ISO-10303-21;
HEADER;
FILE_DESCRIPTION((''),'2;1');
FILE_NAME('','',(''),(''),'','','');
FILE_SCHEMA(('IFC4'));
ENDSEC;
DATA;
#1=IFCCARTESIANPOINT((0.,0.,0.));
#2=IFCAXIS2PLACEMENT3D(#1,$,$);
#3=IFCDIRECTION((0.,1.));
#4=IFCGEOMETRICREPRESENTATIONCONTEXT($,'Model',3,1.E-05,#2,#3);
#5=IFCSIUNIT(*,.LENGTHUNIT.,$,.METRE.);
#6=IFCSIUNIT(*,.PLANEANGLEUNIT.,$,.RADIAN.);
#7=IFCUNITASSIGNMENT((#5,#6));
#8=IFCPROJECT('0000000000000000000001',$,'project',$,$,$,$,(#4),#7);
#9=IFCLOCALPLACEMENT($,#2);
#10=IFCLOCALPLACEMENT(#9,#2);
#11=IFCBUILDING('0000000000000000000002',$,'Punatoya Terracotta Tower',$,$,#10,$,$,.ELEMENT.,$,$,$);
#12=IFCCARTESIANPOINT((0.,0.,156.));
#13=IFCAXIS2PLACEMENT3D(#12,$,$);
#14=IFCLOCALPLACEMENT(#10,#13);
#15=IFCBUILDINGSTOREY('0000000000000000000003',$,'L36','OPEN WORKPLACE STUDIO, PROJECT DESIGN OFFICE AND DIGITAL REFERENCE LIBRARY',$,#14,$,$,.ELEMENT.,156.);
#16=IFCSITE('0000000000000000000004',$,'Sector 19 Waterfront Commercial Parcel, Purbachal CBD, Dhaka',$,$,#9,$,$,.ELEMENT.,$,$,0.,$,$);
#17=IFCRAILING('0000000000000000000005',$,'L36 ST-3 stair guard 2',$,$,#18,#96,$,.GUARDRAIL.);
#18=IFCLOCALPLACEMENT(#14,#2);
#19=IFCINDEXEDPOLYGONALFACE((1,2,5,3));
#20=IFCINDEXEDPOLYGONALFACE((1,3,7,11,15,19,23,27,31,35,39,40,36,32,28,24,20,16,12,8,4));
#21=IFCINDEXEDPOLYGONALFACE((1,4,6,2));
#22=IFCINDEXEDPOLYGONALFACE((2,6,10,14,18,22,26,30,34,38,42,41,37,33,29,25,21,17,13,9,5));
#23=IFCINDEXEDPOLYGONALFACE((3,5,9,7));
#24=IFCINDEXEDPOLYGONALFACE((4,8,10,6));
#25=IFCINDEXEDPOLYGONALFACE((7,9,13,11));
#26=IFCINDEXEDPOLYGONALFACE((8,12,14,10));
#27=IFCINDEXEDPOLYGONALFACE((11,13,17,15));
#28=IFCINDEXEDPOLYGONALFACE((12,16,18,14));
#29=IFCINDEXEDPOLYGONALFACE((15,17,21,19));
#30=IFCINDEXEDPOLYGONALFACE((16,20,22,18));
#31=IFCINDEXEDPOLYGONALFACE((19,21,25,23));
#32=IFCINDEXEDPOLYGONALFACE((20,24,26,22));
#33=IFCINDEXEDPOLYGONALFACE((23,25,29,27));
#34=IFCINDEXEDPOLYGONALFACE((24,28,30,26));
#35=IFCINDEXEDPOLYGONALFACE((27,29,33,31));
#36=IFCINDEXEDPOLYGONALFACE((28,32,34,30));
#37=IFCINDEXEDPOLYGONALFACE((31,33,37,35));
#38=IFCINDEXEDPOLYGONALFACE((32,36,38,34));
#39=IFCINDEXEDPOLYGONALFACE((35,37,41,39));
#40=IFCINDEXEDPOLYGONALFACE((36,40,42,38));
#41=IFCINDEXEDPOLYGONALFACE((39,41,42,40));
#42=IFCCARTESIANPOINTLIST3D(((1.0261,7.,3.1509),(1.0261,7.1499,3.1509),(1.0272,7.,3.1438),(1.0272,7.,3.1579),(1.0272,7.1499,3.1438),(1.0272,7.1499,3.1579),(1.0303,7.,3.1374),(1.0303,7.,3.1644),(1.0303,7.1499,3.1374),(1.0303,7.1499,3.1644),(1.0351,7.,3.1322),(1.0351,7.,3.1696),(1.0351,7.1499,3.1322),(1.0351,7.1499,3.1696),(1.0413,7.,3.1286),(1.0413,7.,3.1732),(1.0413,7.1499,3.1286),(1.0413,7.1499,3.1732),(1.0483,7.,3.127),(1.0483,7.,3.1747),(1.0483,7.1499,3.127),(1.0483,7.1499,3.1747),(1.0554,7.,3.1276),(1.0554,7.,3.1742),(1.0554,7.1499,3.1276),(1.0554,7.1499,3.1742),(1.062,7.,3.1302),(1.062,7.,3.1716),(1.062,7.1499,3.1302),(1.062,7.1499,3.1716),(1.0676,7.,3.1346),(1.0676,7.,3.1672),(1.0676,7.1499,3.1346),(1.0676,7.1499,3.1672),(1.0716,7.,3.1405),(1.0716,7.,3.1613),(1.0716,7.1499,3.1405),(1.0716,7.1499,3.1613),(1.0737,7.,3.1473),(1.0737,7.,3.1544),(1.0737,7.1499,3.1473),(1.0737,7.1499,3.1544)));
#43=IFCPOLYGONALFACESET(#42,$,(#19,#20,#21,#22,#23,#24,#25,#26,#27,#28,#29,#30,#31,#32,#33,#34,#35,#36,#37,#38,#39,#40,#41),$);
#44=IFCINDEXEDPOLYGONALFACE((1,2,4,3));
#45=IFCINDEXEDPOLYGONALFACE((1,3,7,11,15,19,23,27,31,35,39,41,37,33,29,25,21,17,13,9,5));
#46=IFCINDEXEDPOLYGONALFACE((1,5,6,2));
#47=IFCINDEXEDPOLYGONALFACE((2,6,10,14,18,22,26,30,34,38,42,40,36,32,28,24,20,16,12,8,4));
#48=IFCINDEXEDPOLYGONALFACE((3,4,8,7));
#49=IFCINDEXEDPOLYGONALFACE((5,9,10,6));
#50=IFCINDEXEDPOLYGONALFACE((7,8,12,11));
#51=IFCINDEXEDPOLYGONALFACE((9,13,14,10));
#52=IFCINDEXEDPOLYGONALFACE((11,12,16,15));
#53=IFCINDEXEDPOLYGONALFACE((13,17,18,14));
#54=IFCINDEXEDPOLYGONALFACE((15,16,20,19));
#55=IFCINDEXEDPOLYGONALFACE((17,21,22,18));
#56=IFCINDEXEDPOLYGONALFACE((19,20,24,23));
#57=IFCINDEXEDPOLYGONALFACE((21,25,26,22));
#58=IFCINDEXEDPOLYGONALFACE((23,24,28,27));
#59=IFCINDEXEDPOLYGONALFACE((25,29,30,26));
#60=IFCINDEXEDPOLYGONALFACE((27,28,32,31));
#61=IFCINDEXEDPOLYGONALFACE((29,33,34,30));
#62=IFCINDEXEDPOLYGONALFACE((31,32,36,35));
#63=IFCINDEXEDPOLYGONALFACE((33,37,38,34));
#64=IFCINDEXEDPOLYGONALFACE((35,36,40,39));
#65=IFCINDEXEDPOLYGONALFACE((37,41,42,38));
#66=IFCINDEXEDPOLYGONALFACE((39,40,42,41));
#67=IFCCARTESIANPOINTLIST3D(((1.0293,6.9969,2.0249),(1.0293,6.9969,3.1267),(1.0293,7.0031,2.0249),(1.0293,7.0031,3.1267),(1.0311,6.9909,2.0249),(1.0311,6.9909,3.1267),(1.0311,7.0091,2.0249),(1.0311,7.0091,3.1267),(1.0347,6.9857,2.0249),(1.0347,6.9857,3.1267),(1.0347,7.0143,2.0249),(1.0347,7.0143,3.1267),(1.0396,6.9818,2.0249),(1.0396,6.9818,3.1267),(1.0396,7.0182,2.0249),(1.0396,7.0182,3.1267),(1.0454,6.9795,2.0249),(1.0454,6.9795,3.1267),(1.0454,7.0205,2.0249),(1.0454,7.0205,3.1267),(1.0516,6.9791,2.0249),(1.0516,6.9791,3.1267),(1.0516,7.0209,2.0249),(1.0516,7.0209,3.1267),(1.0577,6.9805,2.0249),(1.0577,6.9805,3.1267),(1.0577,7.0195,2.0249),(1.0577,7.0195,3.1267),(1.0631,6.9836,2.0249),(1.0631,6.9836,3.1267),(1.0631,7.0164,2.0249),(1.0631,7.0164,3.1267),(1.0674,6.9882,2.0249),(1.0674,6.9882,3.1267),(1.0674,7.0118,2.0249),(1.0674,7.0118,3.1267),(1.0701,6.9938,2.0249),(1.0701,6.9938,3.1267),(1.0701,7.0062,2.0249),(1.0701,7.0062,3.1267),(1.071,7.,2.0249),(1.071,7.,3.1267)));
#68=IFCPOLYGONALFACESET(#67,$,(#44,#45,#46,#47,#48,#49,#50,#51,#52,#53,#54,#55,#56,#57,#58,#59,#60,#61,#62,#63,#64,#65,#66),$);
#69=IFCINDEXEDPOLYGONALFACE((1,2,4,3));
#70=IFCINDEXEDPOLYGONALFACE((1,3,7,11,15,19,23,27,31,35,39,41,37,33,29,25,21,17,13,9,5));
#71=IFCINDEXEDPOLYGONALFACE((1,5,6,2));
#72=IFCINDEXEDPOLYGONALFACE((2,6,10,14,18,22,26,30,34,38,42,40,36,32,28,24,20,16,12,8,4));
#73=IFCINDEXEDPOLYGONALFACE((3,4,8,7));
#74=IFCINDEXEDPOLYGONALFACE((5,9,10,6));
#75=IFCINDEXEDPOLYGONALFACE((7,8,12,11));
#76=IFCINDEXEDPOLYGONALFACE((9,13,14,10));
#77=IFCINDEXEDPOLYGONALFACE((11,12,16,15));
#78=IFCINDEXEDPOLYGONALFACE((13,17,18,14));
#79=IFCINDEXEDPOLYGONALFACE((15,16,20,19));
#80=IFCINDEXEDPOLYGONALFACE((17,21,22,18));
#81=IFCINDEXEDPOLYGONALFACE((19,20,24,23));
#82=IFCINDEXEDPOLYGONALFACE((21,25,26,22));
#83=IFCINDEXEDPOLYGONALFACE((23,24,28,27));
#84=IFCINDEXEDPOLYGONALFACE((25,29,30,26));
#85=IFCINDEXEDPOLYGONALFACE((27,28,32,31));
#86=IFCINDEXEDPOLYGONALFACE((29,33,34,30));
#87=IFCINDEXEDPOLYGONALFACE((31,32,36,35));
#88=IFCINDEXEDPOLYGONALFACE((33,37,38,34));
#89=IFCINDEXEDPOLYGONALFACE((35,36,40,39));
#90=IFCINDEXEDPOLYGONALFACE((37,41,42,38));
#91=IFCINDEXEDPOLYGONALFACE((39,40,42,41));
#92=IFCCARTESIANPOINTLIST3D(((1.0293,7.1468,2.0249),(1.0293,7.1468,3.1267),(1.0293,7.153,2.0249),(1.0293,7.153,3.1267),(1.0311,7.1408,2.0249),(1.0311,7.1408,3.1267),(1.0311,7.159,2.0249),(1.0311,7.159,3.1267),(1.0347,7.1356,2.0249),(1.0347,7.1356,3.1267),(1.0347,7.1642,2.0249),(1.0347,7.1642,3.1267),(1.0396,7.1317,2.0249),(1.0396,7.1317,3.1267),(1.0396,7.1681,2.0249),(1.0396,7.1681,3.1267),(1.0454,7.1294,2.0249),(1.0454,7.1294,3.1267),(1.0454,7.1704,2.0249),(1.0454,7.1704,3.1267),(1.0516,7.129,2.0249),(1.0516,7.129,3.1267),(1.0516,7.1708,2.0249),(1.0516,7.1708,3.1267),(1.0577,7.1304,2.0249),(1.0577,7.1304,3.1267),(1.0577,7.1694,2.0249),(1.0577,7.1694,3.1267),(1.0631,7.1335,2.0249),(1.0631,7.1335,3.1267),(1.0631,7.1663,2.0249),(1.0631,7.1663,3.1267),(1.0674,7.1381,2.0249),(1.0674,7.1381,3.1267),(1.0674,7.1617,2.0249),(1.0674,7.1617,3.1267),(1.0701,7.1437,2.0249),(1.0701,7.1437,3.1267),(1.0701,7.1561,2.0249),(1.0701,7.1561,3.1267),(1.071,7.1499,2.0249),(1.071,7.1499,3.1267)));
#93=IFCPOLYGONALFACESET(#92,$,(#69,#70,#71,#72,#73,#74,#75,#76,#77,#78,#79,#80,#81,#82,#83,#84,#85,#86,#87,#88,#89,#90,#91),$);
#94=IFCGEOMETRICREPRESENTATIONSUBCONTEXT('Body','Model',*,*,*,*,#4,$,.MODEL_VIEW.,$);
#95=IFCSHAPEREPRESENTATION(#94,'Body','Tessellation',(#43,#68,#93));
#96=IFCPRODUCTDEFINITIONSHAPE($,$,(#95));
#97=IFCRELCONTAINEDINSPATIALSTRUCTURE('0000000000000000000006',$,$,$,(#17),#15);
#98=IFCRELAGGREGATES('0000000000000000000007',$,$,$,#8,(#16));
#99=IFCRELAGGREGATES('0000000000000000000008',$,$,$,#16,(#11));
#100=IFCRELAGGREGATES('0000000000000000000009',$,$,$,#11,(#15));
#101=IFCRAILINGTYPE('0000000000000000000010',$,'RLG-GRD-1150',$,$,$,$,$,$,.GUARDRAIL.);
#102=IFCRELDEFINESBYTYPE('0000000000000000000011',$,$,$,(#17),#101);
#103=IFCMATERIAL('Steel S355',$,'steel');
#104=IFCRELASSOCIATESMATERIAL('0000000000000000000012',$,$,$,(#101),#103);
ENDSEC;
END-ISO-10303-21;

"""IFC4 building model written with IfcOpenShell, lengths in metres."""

from ifc_helpers import new_model, si_unit, direction, frame, origin, origin_2d, place, context, subcontext, project, spatial, circle, extrude, material, type_object, element, save


model = new_model("IFC4")

# Units and contexts
model_context = context("Model", 3, precision=1e-05, world=origin(), true_north=direction((0.0, 1.0)))
body_context = subcontext(model_context, "Body", "Model", "MODEL_VIEW")
ifc_project = project(units=[si_unit("LENGTHUNIT", "METRE"), si_unit("PLANEANGLEUNIT", "RADIAN")], contexts=[model_context])

# Site, building, storey
site_placement = place(None, origin())
site = spatial("IfcSite", under=ifc_project, at=site_placement, Name="Sector 19 Waterfront Commercial Parcel, Purbachal CBD, Dhaka", CompositionType="ELEMENT", RefElevation=0.0)
building_placement = place(site_placement, origin())
building = spatial("IfcBuilding", under=site, at=building_placement, Name="Punatoya Terracotta Tower", CompositionType="ELEMENT")
storey_placement = place(building_placement, frame((0.0, 0.0, 156.0)))
storey = spatial("IfcBuildingStorey", under=building, at=storey_placement, Name="L36", Description="OPEN WORKPLACE STUDIO, PROJECT DESIGN OFFICE AND DIGITAL REFERENCE LIBRARY", CompositionType="ELEMENT", Elevation=156.0)

# Shared definitions
ifc_material_1 = material(Name="Steel S355", Category="steel")

# Railing
railing_type_1 = type_object("IfcRailingType", Name="RLG-GRD-1150", PredefinedType="GUARDRAIL", material=ifc_material_1)
railing_1_placement = place(storey_placement, frame((1.05, 7.0, 2.0249)))
element("IfcRailing", 1, at=railing_1_placement, inside=storey, type_object=railing_type_1, Name="L36 ST-3 stair guard 2", PredefinedType="GUARDRAIL", context=body_context, shape_type="SweptSolid", body=[
    extrude(circle(Radius=0.0239, at=origin_2d()), frame((0.0, 0.0, 1.126), z_axis=(0.0, 1.0, 0.0), x_axis=(-1.0, 0.0, 0.0)), (0.0, 0.0, 1.0), 0.1499),
    extrude(circle(Radius=0.021, at=origin_2d()), origin(), (0.0, 0.0, 1.0), 1.1018),
    extrude(circle(Radius=0.021, at=origin_2d()), frame((0.0, 0.1499, 0.0)), (0.0, 0.0, 1.0), 1.1018),
])

save(model, "model.ifc")
